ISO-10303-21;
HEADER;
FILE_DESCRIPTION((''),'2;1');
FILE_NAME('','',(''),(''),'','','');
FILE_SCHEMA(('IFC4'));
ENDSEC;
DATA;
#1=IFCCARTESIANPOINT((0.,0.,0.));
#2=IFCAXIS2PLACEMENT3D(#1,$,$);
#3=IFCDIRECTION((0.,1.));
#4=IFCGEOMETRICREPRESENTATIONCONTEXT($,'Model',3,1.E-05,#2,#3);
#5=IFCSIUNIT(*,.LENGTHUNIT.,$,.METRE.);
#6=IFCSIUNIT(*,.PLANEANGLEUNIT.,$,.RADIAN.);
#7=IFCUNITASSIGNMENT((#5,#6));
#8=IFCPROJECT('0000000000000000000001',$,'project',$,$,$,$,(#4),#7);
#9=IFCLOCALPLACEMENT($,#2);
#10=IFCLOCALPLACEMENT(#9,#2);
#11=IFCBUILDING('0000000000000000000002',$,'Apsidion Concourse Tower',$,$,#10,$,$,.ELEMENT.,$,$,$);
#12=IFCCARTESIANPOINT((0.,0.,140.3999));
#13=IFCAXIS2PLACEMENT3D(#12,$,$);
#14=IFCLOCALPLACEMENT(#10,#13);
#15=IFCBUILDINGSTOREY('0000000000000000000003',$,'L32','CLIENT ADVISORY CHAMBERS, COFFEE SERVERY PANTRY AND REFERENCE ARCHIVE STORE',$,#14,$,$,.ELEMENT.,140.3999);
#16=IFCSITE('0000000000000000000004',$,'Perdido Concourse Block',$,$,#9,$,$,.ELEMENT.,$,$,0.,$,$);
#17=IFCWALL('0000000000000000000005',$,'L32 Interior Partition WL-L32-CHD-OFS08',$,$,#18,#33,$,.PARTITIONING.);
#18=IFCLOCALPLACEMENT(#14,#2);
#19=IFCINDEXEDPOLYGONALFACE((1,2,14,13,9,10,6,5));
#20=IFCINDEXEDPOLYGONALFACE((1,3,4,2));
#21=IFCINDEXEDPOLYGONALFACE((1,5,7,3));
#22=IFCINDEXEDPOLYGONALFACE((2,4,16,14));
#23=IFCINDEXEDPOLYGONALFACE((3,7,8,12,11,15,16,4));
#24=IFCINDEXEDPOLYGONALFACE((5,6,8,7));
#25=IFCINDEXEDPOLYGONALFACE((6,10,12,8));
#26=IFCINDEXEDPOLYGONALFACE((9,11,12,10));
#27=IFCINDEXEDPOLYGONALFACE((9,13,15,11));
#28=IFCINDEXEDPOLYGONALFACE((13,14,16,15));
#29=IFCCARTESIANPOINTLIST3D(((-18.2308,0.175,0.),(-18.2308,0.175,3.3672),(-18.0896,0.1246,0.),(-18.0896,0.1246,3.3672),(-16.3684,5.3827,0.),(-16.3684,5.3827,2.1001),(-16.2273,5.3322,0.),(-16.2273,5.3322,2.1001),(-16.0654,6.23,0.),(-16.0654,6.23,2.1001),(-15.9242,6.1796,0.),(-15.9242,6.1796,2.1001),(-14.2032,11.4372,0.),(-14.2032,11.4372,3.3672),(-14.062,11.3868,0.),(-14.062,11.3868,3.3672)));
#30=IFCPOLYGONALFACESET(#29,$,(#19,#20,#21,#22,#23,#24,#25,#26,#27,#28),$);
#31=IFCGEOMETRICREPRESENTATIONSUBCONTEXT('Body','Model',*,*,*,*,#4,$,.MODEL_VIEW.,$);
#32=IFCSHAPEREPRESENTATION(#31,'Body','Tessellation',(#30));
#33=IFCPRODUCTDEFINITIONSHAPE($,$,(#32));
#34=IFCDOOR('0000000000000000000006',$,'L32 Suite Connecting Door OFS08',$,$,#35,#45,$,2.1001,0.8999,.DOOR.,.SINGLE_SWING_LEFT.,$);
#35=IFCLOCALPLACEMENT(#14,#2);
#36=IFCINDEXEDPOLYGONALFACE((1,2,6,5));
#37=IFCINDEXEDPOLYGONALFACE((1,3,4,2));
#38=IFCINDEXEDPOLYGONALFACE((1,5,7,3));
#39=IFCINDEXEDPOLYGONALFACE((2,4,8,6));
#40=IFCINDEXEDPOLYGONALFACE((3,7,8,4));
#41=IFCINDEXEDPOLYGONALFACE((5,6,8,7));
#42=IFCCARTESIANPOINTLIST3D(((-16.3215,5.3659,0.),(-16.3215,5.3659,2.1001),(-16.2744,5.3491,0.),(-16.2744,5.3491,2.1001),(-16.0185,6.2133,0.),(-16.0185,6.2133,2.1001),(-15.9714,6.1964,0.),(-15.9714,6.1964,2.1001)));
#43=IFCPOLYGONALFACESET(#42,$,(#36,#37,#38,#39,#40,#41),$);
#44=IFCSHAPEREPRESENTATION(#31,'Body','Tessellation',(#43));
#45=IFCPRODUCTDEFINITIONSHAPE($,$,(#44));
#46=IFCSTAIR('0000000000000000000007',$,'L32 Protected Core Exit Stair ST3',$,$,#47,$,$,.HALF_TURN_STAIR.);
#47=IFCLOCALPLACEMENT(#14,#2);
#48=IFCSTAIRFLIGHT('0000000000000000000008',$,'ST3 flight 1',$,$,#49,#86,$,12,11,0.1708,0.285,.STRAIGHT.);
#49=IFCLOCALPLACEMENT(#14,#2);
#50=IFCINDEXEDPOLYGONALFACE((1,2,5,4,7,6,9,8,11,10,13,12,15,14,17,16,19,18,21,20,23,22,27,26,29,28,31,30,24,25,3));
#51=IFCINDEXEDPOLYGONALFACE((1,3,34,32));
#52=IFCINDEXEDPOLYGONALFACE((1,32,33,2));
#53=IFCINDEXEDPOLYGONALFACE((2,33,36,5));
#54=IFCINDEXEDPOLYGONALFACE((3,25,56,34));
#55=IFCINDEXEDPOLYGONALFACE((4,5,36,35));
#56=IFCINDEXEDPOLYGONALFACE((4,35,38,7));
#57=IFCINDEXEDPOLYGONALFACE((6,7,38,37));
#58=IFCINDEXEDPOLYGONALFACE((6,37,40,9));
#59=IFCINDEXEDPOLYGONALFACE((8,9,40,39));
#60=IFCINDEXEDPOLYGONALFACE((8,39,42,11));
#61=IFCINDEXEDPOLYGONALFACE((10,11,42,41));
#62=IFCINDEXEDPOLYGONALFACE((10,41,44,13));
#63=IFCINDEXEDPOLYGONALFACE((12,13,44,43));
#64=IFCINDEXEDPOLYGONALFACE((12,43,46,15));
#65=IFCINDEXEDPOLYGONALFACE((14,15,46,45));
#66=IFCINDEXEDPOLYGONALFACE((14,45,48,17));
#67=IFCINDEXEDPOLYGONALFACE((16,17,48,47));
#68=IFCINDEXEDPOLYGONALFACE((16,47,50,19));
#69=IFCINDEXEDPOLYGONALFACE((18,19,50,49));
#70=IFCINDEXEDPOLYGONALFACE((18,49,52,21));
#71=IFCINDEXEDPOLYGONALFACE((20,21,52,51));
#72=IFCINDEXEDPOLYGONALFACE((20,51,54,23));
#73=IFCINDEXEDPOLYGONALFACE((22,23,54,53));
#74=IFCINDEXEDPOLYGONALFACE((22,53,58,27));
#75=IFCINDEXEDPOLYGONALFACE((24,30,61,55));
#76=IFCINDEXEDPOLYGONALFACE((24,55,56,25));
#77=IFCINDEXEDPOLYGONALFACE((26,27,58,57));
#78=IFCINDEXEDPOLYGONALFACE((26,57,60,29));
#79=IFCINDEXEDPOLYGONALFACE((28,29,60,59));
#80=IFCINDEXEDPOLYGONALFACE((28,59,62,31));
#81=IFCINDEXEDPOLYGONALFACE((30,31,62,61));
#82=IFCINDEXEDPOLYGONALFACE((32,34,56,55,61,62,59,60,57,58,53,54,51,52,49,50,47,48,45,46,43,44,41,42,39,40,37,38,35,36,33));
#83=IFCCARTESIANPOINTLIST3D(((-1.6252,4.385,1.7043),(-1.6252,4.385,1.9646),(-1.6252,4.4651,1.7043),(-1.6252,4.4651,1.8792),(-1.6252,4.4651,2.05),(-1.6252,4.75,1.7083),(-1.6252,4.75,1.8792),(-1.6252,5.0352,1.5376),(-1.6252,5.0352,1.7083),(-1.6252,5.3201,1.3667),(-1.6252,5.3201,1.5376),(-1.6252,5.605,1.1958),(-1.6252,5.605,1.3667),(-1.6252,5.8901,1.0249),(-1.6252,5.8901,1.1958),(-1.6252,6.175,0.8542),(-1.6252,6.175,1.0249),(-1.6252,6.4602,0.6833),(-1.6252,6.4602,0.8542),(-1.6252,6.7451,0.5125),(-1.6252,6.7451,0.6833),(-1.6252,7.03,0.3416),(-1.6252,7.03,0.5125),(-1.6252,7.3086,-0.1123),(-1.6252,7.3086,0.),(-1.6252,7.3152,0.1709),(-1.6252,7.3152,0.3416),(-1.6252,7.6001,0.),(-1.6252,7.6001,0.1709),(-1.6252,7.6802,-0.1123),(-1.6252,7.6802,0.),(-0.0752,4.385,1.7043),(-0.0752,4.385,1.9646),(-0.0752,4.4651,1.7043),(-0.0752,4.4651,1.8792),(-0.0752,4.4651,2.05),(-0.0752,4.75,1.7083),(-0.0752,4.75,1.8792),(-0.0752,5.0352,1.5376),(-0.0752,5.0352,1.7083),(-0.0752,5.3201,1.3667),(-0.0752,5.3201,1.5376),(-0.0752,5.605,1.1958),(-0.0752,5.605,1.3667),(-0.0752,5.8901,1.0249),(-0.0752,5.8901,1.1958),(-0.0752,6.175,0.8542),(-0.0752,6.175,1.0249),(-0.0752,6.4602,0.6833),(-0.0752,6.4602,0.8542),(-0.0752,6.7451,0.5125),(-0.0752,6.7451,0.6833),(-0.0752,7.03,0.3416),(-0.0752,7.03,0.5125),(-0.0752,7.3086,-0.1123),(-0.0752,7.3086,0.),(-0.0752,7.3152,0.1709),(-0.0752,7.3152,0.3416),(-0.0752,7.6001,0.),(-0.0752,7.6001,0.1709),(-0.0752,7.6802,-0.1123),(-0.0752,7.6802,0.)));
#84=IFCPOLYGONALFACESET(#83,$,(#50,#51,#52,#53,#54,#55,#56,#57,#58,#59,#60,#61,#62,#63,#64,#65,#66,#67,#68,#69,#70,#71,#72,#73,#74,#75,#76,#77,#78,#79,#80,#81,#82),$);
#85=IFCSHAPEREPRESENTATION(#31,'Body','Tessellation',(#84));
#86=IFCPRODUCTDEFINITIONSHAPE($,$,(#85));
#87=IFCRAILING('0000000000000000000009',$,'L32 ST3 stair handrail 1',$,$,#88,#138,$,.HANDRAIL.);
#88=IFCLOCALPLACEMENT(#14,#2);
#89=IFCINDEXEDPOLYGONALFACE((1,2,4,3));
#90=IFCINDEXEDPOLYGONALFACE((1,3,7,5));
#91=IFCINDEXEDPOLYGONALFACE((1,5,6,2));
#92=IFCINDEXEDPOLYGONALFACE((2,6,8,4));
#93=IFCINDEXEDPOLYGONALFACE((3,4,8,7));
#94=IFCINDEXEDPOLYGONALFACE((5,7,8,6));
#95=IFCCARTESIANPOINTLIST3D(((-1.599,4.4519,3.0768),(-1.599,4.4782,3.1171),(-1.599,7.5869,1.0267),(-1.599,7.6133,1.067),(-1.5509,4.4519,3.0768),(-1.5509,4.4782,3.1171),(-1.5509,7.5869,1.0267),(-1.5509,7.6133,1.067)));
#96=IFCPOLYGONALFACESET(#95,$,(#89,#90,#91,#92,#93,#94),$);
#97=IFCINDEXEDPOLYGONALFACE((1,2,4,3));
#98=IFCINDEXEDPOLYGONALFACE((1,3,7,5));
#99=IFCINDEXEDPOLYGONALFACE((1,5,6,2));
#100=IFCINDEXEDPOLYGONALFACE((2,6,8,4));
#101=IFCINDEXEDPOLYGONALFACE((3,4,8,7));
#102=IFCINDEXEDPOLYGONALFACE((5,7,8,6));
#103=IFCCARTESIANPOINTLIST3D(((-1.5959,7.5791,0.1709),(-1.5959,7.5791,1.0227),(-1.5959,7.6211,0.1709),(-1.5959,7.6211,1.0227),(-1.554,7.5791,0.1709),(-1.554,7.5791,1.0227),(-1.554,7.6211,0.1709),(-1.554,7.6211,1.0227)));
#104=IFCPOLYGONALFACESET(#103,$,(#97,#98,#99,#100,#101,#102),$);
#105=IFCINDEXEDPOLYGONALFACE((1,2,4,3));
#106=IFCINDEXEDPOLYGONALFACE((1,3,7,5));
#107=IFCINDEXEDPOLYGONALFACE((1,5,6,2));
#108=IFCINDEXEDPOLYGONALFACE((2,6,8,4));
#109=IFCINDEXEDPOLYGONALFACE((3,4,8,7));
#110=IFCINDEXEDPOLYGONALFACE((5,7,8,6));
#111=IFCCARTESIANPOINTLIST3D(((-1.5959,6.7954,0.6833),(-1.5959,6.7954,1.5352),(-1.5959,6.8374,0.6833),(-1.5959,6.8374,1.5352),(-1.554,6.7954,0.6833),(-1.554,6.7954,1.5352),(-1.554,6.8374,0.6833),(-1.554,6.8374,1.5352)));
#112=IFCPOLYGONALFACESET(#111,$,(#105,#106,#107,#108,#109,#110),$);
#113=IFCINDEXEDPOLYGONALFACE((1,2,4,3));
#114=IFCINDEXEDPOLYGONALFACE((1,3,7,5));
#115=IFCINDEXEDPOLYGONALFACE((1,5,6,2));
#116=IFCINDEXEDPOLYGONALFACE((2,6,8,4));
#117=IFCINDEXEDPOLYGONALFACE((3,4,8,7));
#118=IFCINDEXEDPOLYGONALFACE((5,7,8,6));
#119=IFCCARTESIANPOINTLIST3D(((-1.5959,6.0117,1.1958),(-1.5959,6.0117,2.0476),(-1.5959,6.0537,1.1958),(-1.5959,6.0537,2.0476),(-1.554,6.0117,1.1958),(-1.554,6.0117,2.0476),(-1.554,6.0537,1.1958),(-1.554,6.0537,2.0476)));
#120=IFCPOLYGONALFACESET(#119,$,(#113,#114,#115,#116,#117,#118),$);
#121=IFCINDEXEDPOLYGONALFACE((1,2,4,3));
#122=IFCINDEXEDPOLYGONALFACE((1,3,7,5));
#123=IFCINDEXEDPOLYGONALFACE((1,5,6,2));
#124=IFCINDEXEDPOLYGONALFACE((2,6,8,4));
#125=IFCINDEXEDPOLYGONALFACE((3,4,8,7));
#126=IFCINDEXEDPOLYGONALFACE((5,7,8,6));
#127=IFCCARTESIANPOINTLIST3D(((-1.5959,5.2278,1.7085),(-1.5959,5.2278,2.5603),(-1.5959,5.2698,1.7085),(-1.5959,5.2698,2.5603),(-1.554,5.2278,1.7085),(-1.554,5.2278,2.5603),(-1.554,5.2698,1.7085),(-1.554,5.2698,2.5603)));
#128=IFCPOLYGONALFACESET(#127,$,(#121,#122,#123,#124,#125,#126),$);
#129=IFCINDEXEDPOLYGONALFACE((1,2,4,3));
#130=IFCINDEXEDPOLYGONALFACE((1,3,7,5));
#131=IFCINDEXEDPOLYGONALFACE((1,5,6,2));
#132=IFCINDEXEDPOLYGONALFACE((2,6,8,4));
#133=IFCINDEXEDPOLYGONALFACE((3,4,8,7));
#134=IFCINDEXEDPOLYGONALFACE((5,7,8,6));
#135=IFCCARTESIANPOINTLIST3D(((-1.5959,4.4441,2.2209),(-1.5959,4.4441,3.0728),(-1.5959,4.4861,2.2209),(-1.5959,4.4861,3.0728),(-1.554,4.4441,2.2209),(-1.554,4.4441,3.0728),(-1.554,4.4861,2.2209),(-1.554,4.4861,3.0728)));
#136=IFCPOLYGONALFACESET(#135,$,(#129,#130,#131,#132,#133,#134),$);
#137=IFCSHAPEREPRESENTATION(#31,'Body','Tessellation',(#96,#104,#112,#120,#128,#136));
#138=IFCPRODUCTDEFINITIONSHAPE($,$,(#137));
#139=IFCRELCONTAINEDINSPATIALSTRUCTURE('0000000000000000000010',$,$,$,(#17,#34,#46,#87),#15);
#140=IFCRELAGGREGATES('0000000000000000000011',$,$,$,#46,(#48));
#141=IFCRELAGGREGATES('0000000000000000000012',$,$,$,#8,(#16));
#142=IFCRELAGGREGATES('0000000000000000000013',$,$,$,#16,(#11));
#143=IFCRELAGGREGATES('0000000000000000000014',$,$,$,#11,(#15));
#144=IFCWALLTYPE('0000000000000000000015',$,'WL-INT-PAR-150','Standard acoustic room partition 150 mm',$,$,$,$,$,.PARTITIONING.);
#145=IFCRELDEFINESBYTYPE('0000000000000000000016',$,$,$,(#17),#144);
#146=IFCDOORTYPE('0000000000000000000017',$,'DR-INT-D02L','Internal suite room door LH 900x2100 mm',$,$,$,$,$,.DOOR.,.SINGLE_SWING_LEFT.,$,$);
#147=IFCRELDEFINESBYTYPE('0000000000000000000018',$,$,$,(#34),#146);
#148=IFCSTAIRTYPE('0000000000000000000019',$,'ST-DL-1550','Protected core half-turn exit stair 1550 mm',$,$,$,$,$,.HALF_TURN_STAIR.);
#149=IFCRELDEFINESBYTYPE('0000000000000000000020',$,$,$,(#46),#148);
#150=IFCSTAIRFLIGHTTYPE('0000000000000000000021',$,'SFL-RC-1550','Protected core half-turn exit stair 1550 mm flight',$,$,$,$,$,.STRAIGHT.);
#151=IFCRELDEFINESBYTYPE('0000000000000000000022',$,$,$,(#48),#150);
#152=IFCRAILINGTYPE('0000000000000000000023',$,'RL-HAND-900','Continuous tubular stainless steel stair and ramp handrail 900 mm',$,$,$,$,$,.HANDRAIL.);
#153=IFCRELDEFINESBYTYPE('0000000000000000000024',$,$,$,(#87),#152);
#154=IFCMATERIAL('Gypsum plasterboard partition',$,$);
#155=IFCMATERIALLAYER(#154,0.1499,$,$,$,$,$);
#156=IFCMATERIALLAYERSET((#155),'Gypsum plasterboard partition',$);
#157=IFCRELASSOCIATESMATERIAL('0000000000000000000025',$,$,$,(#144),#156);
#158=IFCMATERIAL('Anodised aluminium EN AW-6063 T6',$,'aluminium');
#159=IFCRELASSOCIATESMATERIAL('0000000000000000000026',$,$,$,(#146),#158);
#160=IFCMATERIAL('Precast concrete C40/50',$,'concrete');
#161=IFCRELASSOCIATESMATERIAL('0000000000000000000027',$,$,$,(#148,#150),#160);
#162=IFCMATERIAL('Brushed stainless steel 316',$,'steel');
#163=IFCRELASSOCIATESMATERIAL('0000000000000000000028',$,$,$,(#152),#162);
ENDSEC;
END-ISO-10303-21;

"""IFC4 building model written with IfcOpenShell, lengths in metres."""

from ifc_helpers import new_model, si_unit, direction, frame, frame_2d, origin, origin_2d, place, context, subcontext, project, spatial, polyline, rectangle, outline, extrude, material, layer, layer_set, type_object, element, fill, aggregate, save


model = new_model("IFC4")

# Units and contexts
model_context = context("Model", 3, precision=1e-05, world=origin(), true_north=direction((0.0, 1.0)))
body_context = subcontext(model_context, "Body", "Model", "MODEL_VIEW")
ifc_project = project(units=[si_unit("LENGTHUNIT", "METRE"), si_unit("PLANEANGLEUNIT", "RADIAN")], contexts=[model_context])

# Site, building, storey
site_placement = place(None, origin())
site = spatial("IfcSite", under=ifc_project, at=site_placement, Name="Perdido Concourse Block", CompositionType="ELEMENT", RefElevation=0.0)
building_placement = place(site_placement, origin())
building = spatial("IfcBuilding", under=site, at=building_placement, Name="Apsidion Concourse Tower", CompositionType="ELEMENT")
storey_placement = place(building_placement, frame((0.0, 0.0, 140.3999)))
storey = spatial("IfcBuildingStorey", under=building, at=storey_placement, Name="L32", Description="CLIENT ADVISORY CHAMBERS, COFFEE SERVERY PANTRY AND REFERENCE ARCHIVE STORE", CompositionType="ELEMENT", Elevation=140.3999)

# Shared definitions
ifc_material_1 = material(Name="Gypsum plasterboard partition")
ifc_layer_1 = layer(ifc_material_1, 0.1499)
ifc_layer_set_1 = layer_set([ifc_layer_1], Name="Gypsum plasterboard partition")
wall_type_1 = type_object("IfcWallType", Name="WL-INT-PAR-150", Description="Standard acoustic room partition 150 mm", PredefinedType="PARTITIONING", material=ifc_layer_set_1)
ifc_material_2 = material(Name="Brushed stainless steel 316", Category="steel")

# Wall, opening, door
wall_1_placement = place(storey_placement, frame((-14.1326, 11.4121, 0.0), z_axis=(0.0, 0.0, 1.0), x_axis=(-0.336735, -0.9416, 0.0)))
wall_1 = element("IfcWall", 1, at=wall_1_placement, inside=storey, type_object=wall_type_1, Name="L32 Interior Partition WL-L32-CHD-OFS08", PredefinedType="PARTITIONING", context=body_context, shape_type="SweptSolid", body=[
    extrude(rectangle(XDim=11.9607, YDim=0.1499, at=frame_2d((5.9805, 0.0))), origin(), (0.0, 0.0, 1.0), 3.3672),
])
opening_1_placement = place(wall_1_placement, frame((5.5303, 0.0, 0.0)))
opening_1 = element("IfcOpeningElement", 2, at=opening_1_placement, cuts=wall_1, PredefinedType="OPENING", context=body_context, shape_type="SweptSolid", body=[
    extrude(rectangle(XDim=0.8999, YDim=2.1001, at=frame_2d((0.45, 1.05))), frame((0.0, 0.085, 0.0), z_axis=(0.0, -1.0, 0.0), x_axis=(1.0, 0.0, 0.0)), (0.0, 0.0, 1.0), 0.1699),
])
ifc_material_3 = material(Name="Anodised aluminium EN AW-6063 T6", Category="aluminium")
door_type_1 = type_object("IfcDoorType", Name="DR-INT-D02L", Description="Internal suite room door LH 900x2100 mm", OperationType="SINGLE_SWING_LEFT", PredefinedType="DOOR", material=ifc_material_3)
door_1_placement = place(opening_1_placement, origin())
door_1 = element("IfcDoor", 3, at=door_1_placement, inside=storey, type_object=door_type_1, Name="L32 Suite Connecting Door OFS08", OperationType="SINGLE_SWING_LEFT", OverallHeight=2.1001, OverallWidth=0.8999, PredefinedType="DOOR", context=body_context, shape_type="SweptSolid", body=[
    extrude(rectangle(XDim=0.8999, YDim=2.1001, at=frame_2d((0.45, 1.05))), frame((0.0, 0.0249, 0.0), z_axis=(0.0, -1.0, 0.0), x_axis=(1.0, 0.0, 0.0)), (0.0, 0.0, 1.0), 0.05),
])
fill(opening_1, door_1)

# Stair, stair flight
ifc_material_4 = material(Name="Precast concrete C40/50", Category="concrete")
stair_type = type_object("IfcStairType", Name="ST-DL-1550", Description="Protected core half-turn exit stair 1550 mm", PredefinedType="HALF_TURN_STAIR", material=ifc_material_4)
stair_placement = place(storey_placement, origin())
stair = element("IfcStair", 4, at=stair_placement, inside=storey, type_object=stair_type, Name="L32 Protected Core Exit Stair ST3", PredefinedType="HALF_TURN_STAIR")
stair_flight_type = type_object("IfcStairFlightType", Name="SFL-RC-1550", Description="Protected core half-turn exit stair 1550 mm flight", PredefinedType="STRAIGHT", material=ifc_material_4)
stair_flight_placement = place(storey_placement, frame((-0.8501, 7.6001, 0.0), z_axis=(0.0, 0.0, 1.0), x_axis=(0.0, -1.0, 0.0)))
stair_flight = element("IfcStairFlight", 5, at=stair_flight_placement, type_object=stair_flight_type, Name="ST3 flight 1", NumberOfRisers=12, NumberOfTreads=11, PredefinedType="STRAIGHT", RiserHeight=0.1708, TreadLength=0.285, context=body_context, shape_type="SweptSolid", body=[
    extrude(outline(polyline([(-0.0801, -0.1123), (-0.0801, 0.0), (0.0, 0.0), (0.0, 0.1709), (0.2849, 0.1709), (0.2849, 0.3416), (0.5701, 0.3416), (0.5701, 0.5125), (0.855, 0.5125), (0.855, 0.6833), (1.1399, 0.6833), (1.1399, 0.8542), (1.425, 0.8542), (1.425, 1.0249), (1.71, 1.0249), (1.71, 1.1958), (1.9951, 1.1958), (1.9951, 1.3667), (2.28, 1.3667), (2.28, 1.5376), (2.5649, 1.5376), (2.5649, 1.7083), (2.8501, 1.7083), (2.8501, 1.8792), (3.135, 1.8792), (3.135, 2.05), (3.2151, 1.9646), (3.2151, 1.7043), (3.135, 1.7043), (0.2915, 0.0), (0.2915, -0.1123), (-0.0801, -0.1123)])), frame((0.0, 0.7749, 0.0), z_axis=(0.0, -1.0, 0.0), x_axis=(1.0, 0.0, 0.0)), (0.0, 0.0, 1.0), 1.55),
])
aggregate(stair, [stair_flight])

# Railing
railing_type = type_object("IfcRailingType", Name="RL-HAND-900", Description="Continuous tubular stainless steel stair and ramp handrail 900 mm", PredefinedType="HANDRAIL", material=ifc_material_2)
railing_placement = place(storey_placement, frame((-1.575, 7.6001, 0.1709)))
element("IfcRailing", 6, at=railing_placement, inside=storey, type_object=railing_type, Name="L32 ST3 stair handrail 1", PredefinedType="HANDRAIL", context=body_context, shape_type="SweptSolid", body=[
    extrude(rectangle(XDim=0.0481, YDim=0.0481, at=origin_2d()), frame((0.0, 0.0, 0.876), z_axis=(0.0, -0.836941, 0.547293), x_axis=(1.0, 0.0, 0.0)), (0.0, 0.0, 1.0), 3.7458),
    extrude(rectangle(XDim=0.042, YDim=0.042, at=origin_2d()), origin(), (0.0, 0.0, 1.0), 0.8518),
    extrude(rectangle(XDim=0.042, YDim=0.042, at=origin_2d()), frame((0.0, -0.7837, 0.5125)), (0.0, 0.0, 1.0), 0.8518),
    extrude(rectangle(XDim=0.042, YDim=0.042, at=origin_2d()), frame((0.0, -1.5674, 1.0249)), (0.0, 0.0, 1.0), 0.8518),
    extrude(rectangle(XDim=0.042, YDim=0.042, at=origin_2d()), frame((0.0, -2.3513, 1.5376)), (0.0, 0.0, 1.0), 0.8518),
    extrude(rectangle(XDim=0.042, YDim=0.042, at=origin_2d()), frame((0.0, -3.135, 2.05)), (0.0, 0.0, 1.0), 0.8518),
])

save(model, "model.ifc")
